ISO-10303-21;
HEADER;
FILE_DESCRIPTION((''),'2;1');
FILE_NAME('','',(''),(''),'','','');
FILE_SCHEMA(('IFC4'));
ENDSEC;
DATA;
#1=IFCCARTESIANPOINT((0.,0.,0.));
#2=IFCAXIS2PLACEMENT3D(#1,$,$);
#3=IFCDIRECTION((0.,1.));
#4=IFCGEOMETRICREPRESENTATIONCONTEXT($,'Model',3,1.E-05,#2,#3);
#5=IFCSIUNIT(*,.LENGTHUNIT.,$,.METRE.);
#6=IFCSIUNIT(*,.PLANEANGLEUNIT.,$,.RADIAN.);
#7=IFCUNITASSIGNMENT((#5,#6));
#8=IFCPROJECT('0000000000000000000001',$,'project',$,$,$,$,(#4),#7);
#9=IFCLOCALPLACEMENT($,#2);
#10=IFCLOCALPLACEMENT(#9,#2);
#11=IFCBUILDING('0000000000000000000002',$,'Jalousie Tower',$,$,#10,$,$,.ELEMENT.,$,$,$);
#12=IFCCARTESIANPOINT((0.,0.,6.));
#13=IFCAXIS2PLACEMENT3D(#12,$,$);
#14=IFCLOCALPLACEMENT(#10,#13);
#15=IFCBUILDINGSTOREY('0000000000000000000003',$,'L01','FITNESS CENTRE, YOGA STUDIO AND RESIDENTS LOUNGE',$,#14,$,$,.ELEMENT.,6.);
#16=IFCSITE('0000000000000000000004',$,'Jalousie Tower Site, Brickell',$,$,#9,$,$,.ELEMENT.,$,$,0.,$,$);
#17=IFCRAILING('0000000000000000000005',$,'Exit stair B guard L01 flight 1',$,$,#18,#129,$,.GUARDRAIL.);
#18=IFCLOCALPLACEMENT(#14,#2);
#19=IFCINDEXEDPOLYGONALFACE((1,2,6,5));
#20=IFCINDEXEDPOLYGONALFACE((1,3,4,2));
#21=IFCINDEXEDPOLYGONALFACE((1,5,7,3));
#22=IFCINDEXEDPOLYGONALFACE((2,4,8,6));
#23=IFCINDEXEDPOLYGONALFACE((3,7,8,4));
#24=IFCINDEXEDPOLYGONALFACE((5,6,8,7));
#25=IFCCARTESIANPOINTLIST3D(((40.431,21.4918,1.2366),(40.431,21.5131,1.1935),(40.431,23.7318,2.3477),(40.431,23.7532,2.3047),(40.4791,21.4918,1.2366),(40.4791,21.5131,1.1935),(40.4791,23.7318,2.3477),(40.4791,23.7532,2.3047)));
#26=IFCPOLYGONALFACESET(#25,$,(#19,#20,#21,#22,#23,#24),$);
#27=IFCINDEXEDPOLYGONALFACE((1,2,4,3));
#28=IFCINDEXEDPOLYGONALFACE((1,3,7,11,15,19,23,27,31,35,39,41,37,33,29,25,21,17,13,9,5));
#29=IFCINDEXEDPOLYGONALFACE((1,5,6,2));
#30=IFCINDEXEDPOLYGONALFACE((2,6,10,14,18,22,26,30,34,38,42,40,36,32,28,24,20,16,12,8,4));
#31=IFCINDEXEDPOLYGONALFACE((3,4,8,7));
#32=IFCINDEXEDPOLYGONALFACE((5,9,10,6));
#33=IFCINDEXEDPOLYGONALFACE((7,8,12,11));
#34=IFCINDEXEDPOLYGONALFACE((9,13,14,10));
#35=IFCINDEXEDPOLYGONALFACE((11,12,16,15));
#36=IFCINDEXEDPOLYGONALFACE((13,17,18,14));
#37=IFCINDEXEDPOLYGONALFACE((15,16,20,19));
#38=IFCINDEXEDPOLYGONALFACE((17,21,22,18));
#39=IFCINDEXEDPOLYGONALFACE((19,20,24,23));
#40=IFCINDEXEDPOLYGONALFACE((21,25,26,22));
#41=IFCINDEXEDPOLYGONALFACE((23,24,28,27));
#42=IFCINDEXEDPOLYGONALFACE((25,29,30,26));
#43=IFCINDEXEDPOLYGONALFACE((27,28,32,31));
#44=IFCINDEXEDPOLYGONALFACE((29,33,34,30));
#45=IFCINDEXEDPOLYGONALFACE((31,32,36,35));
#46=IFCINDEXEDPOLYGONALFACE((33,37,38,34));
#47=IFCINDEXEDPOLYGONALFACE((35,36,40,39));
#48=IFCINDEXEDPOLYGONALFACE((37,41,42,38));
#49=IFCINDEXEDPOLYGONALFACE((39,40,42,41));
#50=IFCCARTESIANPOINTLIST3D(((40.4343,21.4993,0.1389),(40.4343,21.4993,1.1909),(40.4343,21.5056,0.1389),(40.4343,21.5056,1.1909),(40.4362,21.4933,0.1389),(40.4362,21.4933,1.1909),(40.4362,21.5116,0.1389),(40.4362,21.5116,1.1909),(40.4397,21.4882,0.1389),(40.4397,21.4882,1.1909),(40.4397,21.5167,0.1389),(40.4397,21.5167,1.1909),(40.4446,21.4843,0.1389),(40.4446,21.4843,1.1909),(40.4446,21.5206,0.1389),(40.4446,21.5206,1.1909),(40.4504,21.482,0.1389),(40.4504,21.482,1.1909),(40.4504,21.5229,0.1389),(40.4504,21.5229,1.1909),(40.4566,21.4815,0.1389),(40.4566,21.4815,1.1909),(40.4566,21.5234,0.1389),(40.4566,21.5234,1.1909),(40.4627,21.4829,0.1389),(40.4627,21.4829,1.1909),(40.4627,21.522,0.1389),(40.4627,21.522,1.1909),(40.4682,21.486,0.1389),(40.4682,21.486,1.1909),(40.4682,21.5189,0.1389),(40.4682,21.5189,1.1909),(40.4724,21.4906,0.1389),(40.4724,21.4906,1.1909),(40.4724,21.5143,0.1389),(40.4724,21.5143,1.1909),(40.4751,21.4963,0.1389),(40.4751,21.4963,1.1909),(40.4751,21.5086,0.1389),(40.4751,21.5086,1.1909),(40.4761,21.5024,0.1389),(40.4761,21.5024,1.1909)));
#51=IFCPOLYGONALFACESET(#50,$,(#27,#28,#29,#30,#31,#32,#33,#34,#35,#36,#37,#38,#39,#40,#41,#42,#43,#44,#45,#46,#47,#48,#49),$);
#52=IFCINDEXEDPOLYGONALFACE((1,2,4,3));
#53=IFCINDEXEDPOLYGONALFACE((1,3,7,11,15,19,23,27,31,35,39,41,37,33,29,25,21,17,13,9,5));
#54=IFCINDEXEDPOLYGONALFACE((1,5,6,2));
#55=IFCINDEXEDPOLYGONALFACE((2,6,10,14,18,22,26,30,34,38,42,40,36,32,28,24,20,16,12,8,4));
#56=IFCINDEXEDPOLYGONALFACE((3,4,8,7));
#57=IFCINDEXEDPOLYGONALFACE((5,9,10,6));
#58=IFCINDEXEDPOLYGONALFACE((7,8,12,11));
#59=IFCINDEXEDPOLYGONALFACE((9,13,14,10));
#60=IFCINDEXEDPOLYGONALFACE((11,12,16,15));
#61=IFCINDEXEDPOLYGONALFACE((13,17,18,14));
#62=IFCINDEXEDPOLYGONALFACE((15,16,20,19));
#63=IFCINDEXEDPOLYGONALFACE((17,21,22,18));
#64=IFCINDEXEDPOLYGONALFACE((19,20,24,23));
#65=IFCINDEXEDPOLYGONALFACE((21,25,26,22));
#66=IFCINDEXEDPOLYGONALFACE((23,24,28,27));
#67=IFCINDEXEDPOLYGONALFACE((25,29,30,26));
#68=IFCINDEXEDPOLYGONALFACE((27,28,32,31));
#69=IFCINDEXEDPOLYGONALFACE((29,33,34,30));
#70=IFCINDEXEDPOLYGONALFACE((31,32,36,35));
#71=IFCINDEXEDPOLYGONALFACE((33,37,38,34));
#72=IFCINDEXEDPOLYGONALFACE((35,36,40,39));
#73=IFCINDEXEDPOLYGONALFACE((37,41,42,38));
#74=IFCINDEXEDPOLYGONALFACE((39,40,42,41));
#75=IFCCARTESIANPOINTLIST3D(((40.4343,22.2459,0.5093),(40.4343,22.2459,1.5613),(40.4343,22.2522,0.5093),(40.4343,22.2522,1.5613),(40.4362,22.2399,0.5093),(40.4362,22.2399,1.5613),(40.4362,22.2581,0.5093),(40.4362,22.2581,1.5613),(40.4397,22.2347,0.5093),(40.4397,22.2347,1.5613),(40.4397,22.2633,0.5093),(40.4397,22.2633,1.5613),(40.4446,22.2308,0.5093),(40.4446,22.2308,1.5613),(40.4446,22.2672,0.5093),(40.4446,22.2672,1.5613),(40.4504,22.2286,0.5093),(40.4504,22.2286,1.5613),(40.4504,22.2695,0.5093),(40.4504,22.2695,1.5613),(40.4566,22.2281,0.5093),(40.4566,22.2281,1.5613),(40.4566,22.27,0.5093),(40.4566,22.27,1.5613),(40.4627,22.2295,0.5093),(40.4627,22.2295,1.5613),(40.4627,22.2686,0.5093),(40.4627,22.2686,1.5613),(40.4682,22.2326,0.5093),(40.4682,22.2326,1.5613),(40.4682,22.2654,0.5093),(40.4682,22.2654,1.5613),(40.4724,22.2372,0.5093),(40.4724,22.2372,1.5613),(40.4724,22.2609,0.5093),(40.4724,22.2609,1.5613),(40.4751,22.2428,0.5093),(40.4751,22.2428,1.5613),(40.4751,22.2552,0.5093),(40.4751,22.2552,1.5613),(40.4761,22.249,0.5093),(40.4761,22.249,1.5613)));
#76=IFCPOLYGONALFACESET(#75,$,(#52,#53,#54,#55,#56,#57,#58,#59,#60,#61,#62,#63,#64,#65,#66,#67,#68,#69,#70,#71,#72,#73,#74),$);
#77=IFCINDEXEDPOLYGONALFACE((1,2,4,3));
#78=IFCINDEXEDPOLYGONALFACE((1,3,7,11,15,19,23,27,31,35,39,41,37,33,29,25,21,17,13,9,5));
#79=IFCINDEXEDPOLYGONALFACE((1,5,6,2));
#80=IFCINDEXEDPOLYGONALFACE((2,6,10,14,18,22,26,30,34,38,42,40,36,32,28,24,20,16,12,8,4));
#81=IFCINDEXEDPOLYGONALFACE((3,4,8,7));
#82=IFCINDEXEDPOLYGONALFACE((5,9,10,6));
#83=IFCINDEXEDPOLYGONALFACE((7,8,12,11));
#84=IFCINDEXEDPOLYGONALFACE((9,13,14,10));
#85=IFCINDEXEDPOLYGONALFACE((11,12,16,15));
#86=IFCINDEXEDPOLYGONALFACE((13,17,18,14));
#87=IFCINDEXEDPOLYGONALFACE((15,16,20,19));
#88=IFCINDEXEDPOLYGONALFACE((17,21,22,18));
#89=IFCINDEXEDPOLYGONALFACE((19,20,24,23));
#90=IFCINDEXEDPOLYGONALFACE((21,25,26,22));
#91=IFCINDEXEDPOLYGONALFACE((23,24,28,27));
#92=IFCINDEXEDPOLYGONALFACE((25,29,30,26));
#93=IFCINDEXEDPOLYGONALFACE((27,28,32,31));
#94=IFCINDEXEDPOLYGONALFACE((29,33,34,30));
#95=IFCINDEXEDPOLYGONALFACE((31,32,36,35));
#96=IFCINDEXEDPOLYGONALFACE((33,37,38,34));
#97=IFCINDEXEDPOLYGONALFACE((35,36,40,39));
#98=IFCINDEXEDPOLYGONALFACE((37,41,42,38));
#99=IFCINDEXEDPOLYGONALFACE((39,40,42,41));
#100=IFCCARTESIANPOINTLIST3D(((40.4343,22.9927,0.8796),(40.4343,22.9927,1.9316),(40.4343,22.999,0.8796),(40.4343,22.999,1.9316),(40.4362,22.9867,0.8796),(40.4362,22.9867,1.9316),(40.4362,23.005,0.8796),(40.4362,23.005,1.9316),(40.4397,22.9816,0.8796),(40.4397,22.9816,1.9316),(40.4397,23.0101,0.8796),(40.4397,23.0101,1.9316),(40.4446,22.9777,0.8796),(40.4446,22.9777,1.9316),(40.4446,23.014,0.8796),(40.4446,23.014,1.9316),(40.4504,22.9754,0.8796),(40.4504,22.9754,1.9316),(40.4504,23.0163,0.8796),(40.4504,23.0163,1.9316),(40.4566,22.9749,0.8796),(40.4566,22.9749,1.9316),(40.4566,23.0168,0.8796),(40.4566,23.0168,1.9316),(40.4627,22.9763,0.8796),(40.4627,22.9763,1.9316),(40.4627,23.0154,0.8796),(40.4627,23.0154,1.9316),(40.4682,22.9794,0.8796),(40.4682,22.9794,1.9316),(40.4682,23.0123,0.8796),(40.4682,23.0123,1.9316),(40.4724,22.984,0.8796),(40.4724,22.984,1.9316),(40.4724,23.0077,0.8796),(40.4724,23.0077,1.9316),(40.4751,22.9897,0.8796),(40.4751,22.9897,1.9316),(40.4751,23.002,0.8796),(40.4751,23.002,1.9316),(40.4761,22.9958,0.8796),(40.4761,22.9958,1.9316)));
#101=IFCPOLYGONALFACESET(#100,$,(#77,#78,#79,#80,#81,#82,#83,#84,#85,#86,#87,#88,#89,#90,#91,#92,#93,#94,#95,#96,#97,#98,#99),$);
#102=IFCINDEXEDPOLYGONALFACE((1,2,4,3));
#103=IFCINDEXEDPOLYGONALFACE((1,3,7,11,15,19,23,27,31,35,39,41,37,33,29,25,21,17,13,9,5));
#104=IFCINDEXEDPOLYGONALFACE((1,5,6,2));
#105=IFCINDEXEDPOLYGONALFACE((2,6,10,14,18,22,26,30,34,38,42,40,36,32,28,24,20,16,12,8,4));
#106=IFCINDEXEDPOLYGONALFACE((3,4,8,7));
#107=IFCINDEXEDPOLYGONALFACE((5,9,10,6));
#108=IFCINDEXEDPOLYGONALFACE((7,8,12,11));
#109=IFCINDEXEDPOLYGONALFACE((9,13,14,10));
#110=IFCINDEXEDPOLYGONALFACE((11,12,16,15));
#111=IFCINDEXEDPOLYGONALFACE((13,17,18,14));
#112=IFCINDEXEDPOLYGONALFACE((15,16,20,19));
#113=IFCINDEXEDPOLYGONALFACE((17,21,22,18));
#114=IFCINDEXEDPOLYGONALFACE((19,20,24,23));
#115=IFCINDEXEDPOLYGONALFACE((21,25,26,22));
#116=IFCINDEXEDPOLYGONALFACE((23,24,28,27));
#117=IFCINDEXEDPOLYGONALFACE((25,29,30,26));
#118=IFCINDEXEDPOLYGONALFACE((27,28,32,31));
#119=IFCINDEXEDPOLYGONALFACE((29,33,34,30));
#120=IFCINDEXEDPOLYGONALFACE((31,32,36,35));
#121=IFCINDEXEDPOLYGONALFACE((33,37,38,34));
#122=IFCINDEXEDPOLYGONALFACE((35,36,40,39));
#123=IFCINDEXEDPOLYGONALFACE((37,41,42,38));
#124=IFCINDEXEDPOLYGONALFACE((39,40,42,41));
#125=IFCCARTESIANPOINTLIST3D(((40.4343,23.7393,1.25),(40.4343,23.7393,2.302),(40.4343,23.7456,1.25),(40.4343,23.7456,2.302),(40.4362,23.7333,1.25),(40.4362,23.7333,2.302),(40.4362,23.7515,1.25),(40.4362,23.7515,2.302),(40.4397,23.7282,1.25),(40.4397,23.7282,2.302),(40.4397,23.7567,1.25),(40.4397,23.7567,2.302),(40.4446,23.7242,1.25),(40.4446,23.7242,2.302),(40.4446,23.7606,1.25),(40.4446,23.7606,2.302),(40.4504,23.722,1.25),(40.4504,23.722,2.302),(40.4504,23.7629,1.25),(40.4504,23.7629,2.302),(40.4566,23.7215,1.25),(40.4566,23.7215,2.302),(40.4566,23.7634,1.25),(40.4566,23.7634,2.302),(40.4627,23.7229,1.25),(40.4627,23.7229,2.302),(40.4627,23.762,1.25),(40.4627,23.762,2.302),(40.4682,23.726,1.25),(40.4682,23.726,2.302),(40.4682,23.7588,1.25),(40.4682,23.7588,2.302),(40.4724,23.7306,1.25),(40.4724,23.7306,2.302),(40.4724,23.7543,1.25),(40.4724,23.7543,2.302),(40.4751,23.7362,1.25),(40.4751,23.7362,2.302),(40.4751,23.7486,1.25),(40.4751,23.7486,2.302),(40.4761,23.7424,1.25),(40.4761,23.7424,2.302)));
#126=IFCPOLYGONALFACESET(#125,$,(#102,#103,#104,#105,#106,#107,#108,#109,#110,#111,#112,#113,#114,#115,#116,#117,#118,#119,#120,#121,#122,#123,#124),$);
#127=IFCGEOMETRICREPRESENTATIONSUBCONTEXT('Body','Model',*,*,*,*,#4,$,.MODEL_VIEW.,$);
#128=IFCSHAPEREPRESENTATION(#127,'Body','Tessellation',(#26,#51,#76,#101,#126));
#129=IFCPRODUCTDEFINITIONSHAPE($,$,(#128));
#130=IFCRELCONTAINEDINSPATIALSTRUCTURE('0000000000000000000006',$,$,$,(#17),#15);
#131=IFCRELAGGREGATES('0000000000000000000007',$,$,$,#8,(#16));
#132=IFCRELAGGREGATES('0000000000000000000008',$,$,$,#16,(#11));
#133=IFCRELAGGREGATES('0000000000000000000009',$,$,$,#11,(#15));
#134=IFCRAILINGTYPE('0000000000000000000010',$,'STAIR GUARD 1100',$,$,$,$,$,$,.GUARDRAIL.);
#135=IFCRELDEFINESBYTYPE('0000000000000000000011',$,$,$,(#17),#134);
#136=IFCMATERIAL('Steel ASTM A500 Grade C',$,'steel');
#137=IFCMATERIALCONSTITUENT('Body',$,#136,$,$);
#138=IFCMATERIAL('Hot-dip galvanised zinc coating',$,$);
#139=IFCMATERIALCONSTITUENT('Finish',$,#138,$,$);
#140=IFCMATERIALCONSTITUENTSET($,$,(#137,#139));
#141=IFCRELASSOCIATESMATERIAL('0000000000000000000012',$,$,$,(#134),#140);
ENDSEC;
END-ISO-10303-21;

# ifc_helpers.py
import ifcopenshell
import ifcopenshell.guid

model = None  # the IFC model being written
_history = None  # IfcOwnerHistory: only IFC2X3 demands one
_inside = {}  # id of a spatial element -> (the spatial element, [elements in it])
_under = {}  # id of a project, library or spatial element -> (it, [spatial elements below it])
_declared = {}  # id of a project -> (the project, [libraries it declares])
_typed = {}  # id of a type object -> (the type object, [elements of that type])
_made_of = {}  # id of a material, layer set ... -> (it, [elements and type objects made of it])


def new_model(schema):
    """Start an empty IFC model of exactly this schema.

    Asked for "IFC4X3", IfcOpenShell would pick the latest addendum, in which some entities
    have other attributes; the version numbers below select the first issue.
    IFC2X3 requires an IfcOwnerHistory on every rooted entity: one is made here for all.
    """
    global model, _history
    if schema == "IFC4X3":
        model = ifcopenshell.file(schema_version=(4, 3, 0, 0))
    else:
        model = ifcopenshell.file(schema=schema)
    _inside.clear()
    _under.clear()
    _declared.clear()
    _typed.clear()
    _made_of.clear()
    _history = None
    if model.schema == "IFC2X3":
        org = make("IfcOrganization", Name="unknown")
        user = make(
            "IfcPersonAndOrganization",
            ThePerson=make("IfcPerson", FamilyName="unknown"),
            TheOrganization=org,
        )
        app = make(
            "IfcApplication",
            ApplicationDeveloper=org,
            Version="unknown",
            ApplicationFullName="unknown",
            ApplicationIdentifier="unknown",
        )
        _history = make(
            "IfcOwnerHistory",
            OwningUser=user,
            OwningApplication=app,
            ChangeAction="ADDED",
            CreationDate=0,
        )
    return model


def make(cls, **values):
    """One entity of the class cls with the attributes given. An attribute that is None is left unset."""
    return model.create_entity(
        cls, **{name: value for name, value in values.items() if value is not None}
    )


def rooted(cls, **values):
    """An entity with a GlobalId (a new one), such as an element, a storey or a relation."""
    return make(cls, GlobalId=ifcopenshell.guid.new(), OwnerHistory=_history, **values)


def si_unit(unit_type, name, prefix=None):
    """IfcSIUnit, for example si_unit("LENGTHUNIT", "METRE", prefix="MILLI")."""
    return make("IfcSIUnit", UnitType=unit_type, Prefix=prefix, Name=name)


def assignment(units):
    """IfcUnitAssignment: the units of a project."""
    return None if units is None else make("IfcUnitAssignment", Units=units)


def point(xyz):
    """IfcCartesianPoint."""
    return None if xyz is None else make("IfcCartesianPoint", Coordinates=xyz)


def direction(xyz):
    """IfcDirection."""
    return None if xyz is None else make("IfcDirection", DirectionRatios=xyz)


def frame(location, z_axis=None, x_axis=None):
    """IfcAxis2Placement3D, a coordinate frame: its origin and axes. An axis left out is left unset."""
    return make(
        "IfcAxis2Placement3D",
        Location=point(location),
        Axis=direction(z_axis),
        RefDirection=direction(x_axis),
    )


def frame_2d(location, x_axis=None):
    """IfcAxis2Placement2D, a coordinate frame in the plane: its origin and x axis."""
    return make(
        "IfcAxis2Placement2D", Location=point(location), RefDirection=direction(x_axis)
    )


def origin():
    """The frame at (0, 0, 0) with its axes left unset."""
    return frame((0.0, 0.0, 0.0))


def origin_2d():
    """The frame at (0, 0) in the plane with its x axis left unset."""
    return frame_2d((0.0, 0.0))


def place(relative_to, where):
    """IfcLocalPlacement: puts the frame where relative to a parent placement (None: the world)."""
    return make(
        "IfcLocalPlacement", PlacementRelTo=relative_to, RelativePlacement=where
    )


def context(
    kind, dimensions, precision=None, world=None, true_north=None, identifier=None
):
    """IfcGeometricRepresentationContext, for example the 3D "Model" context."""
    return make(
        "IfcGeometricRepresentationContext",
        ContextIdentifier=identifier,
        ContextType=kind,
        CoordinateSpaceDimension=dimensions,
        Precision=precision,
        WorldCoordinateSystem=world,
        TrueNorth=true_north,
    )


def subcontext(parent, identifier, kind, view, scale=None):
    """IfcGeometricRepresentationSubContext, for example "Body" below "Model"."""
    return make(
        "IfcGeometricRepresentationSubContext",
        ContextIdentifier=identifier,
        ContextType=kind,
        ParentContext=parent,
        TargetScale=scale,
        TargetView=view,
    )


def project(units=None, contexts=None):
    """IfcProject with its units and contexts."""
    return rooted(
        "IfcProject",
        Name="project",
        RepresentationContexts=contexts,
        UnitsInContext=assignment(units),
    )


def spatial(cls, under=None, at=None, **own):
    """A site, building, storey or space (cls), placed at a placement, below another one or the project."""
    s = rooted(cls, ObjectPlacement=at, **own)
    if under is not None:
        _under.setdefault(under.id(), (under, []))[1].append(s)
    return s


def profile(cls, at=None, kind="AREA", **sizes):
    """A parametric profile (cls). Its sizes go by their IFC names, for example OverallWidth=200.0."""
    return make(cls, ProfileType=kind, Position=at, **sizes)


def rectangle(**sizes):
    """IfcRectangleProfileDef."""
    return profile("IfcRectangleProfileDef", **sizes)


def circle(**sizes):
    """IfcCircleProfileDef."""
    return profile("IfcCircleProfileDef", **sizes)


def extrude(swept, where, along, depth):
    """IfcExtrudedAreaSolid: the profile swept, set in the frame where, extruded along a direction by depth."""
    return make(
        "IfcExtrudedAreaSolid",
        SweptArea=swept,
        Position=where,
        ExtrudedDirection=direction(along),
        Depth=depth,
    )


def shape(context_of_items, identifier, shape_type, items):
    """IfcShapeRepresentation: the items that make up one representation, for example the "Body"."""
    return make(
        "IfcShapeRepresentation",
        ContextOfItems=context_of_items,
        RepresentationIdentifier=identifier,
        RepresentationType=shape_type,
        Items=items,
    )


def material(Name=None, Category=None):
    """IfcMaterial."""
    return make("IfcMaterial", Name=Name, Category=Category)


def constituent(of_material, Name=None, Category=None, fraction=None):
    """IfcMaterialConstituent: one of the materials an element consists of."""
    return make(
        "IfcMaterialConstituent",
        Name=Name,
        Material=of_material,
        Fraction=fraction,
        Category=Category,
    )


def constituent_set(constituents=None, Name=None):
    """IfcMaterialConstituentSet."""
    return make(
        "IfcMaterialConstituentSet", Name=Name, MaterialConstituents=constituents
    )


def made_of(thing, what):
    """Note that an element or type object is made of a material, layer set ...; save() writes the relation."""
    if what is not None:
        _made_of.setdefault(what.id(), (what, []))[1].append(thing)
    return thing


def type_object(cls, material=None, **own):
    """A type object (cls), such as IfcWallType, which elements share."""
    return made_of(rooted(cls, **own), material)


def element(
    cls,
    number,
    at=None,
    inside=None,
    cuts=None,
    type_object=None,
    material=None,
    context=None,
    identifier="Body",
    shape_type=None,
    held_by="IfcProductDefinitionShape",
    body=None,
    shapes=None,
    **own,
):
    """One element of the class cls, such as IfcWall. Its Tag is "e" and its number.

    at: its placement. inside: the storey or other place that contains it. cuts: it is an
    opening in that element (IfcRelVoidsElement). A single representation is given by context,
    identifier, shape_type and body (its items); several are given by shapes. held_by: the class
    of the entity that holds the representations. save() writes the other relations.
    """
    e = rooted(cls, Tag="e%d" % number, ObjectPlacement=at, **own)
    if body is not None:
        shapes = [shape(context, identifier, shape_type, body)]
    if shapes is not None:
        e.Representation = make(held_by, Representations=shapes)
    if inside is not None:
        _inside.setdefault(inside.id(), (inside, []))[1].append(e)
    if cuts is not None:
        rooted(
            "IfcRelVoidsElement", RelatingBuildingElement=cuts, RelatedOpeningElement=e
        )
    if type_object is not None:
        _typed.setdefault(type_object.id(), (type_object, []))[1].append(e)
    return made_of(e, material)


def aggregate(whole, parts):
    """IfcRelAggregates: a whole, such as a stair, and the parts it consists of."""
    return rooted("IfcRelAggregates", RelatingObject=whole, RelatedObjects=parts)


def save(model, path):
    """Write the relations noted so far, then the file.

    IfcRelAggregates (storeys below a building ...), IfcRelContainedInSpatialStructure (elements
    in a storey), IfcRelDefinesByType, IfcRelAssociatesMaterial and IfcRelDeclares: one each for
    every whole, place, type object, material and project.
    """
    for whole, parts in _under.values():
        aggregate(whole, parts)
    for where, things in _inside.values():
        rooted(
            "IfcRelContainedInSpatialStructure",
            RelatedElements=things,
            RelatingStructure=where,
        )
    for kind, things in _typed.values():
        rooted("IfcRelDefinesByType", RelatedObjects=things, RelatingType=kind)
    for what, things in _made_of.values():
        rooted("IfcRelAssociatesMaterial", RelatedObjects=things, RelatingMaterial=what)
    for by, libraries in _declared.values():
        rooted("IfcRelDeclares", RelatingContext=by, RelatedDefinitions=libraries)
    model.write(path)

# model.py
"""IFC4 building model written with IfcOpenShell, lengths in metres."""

from ifc_helpers import new_model, si_unit, direction, frame, origin, origin_2d, place, context, subcontext, project, spatial, rectangle, circle, extrude, material, constituent, constituent_set, type_object, element, save


model = new_model("IFC4")

# Units and contexts
model_context = context("Model", 3, precision=1e-05, world=origin(), true_north=direction((0.0, 1.0)))
body_context = subcontext(model_context, "Body", "Model", "MODEL_VIEW")
ifc_project = project(units=[si_unit("LENGTHUNIT", "METRE"), si_unit("PLANEANGLEUNIT", "RADIAN")], contexts=[model_context])

# Site, building, storey
site_placement = place(None, origin())
site = spatial("IfcSite", under=ifc_project, at=site_placement, Name="Jalousie Tower Site, Brickell", CompositionType="ELEMENT", RefElevation=0.0)
building_placement = place(site_placement, origin())
building = spatial("IfcBuilding", under=site, at=building_placement, Name="Jalousie Tower", CompositionType="ELEMENT")
storey_placement = place(building_placement, frame((0.0, 0.0, 6.0)))
storey = spatial("IfcBuildingStorey", under=building, at=storey_placement, Name="L01", Description="FITNESS CENTRE, YOGA STUDIO AND RESIDENTS LOUNGE", CompositionType="ELEMENT", Elevation=6.0)

# Railing
ifc_material_1 = material(Name="Steel ASTM A500 Grade C", Category="steel")
ifc_constituent_1 = constituent(ifc_material_1, Name="Body")
ifc_material_2 = material(Name="Hot-dip galvanised zinc coating")
ifc_constituent_2 = constituent(ifc_material_2, Name="Finish")
ifc_constituent_set_1 = constituent_set(constituents=[ifc_constituent_1, ifc_constituent_2])
railing_type_1 = type_object("IfcRailingType", Name="STAIR GUARD 1100", PredefinedType="GUARDRAIL", material=ifc_constituent_set_1)
railing_1_placement = place(storey_placement, frame((40.4551, 21.5024, 0.1389)))
element("IfcRailing", 1, at=railing_1_placement, inside=storey, type_object=railing_type_1, Name="Exit stair B guard L01 flight 1", PredefinedType="GUARDRAIL", context=body_context, shape_type="SweptSolid", body=[
    extrude(rectangle(XDim=0.0481, YDim=0.0481, at=origin_2d()), frame((0.0, 0.0, 1.0762), z_axis=(0.0, 0.895848, 0.44436), x_axis=(-1.0, 0.0, 0.0)), (0.0, 0.0, 1.0), 2.5005),
    extrude(circle(Radius=0.021, at=origin_2d()), origin(), (0.0, 0.0, 1.0), 1.052),
    extrude(circle(Radius=0.021, at=origin_2d()), frame((0.0, 0.7466, 0.3704)), (0.0, 0.0, 1.0), 1.052),
    extrude(circle(Radius=0.021, at=origin_2d()), frame((0.0, 1.4934, 0.7407)), (0.0, 0.0, 1.0), 1.052),
    extrude(circle(Radius=0.021, at=origin_2d()), frame((0.0, 2.24, 1.1111)), (0.0, 0.0, 1.0), 1.052),
])

save(model, "model.ifc")
